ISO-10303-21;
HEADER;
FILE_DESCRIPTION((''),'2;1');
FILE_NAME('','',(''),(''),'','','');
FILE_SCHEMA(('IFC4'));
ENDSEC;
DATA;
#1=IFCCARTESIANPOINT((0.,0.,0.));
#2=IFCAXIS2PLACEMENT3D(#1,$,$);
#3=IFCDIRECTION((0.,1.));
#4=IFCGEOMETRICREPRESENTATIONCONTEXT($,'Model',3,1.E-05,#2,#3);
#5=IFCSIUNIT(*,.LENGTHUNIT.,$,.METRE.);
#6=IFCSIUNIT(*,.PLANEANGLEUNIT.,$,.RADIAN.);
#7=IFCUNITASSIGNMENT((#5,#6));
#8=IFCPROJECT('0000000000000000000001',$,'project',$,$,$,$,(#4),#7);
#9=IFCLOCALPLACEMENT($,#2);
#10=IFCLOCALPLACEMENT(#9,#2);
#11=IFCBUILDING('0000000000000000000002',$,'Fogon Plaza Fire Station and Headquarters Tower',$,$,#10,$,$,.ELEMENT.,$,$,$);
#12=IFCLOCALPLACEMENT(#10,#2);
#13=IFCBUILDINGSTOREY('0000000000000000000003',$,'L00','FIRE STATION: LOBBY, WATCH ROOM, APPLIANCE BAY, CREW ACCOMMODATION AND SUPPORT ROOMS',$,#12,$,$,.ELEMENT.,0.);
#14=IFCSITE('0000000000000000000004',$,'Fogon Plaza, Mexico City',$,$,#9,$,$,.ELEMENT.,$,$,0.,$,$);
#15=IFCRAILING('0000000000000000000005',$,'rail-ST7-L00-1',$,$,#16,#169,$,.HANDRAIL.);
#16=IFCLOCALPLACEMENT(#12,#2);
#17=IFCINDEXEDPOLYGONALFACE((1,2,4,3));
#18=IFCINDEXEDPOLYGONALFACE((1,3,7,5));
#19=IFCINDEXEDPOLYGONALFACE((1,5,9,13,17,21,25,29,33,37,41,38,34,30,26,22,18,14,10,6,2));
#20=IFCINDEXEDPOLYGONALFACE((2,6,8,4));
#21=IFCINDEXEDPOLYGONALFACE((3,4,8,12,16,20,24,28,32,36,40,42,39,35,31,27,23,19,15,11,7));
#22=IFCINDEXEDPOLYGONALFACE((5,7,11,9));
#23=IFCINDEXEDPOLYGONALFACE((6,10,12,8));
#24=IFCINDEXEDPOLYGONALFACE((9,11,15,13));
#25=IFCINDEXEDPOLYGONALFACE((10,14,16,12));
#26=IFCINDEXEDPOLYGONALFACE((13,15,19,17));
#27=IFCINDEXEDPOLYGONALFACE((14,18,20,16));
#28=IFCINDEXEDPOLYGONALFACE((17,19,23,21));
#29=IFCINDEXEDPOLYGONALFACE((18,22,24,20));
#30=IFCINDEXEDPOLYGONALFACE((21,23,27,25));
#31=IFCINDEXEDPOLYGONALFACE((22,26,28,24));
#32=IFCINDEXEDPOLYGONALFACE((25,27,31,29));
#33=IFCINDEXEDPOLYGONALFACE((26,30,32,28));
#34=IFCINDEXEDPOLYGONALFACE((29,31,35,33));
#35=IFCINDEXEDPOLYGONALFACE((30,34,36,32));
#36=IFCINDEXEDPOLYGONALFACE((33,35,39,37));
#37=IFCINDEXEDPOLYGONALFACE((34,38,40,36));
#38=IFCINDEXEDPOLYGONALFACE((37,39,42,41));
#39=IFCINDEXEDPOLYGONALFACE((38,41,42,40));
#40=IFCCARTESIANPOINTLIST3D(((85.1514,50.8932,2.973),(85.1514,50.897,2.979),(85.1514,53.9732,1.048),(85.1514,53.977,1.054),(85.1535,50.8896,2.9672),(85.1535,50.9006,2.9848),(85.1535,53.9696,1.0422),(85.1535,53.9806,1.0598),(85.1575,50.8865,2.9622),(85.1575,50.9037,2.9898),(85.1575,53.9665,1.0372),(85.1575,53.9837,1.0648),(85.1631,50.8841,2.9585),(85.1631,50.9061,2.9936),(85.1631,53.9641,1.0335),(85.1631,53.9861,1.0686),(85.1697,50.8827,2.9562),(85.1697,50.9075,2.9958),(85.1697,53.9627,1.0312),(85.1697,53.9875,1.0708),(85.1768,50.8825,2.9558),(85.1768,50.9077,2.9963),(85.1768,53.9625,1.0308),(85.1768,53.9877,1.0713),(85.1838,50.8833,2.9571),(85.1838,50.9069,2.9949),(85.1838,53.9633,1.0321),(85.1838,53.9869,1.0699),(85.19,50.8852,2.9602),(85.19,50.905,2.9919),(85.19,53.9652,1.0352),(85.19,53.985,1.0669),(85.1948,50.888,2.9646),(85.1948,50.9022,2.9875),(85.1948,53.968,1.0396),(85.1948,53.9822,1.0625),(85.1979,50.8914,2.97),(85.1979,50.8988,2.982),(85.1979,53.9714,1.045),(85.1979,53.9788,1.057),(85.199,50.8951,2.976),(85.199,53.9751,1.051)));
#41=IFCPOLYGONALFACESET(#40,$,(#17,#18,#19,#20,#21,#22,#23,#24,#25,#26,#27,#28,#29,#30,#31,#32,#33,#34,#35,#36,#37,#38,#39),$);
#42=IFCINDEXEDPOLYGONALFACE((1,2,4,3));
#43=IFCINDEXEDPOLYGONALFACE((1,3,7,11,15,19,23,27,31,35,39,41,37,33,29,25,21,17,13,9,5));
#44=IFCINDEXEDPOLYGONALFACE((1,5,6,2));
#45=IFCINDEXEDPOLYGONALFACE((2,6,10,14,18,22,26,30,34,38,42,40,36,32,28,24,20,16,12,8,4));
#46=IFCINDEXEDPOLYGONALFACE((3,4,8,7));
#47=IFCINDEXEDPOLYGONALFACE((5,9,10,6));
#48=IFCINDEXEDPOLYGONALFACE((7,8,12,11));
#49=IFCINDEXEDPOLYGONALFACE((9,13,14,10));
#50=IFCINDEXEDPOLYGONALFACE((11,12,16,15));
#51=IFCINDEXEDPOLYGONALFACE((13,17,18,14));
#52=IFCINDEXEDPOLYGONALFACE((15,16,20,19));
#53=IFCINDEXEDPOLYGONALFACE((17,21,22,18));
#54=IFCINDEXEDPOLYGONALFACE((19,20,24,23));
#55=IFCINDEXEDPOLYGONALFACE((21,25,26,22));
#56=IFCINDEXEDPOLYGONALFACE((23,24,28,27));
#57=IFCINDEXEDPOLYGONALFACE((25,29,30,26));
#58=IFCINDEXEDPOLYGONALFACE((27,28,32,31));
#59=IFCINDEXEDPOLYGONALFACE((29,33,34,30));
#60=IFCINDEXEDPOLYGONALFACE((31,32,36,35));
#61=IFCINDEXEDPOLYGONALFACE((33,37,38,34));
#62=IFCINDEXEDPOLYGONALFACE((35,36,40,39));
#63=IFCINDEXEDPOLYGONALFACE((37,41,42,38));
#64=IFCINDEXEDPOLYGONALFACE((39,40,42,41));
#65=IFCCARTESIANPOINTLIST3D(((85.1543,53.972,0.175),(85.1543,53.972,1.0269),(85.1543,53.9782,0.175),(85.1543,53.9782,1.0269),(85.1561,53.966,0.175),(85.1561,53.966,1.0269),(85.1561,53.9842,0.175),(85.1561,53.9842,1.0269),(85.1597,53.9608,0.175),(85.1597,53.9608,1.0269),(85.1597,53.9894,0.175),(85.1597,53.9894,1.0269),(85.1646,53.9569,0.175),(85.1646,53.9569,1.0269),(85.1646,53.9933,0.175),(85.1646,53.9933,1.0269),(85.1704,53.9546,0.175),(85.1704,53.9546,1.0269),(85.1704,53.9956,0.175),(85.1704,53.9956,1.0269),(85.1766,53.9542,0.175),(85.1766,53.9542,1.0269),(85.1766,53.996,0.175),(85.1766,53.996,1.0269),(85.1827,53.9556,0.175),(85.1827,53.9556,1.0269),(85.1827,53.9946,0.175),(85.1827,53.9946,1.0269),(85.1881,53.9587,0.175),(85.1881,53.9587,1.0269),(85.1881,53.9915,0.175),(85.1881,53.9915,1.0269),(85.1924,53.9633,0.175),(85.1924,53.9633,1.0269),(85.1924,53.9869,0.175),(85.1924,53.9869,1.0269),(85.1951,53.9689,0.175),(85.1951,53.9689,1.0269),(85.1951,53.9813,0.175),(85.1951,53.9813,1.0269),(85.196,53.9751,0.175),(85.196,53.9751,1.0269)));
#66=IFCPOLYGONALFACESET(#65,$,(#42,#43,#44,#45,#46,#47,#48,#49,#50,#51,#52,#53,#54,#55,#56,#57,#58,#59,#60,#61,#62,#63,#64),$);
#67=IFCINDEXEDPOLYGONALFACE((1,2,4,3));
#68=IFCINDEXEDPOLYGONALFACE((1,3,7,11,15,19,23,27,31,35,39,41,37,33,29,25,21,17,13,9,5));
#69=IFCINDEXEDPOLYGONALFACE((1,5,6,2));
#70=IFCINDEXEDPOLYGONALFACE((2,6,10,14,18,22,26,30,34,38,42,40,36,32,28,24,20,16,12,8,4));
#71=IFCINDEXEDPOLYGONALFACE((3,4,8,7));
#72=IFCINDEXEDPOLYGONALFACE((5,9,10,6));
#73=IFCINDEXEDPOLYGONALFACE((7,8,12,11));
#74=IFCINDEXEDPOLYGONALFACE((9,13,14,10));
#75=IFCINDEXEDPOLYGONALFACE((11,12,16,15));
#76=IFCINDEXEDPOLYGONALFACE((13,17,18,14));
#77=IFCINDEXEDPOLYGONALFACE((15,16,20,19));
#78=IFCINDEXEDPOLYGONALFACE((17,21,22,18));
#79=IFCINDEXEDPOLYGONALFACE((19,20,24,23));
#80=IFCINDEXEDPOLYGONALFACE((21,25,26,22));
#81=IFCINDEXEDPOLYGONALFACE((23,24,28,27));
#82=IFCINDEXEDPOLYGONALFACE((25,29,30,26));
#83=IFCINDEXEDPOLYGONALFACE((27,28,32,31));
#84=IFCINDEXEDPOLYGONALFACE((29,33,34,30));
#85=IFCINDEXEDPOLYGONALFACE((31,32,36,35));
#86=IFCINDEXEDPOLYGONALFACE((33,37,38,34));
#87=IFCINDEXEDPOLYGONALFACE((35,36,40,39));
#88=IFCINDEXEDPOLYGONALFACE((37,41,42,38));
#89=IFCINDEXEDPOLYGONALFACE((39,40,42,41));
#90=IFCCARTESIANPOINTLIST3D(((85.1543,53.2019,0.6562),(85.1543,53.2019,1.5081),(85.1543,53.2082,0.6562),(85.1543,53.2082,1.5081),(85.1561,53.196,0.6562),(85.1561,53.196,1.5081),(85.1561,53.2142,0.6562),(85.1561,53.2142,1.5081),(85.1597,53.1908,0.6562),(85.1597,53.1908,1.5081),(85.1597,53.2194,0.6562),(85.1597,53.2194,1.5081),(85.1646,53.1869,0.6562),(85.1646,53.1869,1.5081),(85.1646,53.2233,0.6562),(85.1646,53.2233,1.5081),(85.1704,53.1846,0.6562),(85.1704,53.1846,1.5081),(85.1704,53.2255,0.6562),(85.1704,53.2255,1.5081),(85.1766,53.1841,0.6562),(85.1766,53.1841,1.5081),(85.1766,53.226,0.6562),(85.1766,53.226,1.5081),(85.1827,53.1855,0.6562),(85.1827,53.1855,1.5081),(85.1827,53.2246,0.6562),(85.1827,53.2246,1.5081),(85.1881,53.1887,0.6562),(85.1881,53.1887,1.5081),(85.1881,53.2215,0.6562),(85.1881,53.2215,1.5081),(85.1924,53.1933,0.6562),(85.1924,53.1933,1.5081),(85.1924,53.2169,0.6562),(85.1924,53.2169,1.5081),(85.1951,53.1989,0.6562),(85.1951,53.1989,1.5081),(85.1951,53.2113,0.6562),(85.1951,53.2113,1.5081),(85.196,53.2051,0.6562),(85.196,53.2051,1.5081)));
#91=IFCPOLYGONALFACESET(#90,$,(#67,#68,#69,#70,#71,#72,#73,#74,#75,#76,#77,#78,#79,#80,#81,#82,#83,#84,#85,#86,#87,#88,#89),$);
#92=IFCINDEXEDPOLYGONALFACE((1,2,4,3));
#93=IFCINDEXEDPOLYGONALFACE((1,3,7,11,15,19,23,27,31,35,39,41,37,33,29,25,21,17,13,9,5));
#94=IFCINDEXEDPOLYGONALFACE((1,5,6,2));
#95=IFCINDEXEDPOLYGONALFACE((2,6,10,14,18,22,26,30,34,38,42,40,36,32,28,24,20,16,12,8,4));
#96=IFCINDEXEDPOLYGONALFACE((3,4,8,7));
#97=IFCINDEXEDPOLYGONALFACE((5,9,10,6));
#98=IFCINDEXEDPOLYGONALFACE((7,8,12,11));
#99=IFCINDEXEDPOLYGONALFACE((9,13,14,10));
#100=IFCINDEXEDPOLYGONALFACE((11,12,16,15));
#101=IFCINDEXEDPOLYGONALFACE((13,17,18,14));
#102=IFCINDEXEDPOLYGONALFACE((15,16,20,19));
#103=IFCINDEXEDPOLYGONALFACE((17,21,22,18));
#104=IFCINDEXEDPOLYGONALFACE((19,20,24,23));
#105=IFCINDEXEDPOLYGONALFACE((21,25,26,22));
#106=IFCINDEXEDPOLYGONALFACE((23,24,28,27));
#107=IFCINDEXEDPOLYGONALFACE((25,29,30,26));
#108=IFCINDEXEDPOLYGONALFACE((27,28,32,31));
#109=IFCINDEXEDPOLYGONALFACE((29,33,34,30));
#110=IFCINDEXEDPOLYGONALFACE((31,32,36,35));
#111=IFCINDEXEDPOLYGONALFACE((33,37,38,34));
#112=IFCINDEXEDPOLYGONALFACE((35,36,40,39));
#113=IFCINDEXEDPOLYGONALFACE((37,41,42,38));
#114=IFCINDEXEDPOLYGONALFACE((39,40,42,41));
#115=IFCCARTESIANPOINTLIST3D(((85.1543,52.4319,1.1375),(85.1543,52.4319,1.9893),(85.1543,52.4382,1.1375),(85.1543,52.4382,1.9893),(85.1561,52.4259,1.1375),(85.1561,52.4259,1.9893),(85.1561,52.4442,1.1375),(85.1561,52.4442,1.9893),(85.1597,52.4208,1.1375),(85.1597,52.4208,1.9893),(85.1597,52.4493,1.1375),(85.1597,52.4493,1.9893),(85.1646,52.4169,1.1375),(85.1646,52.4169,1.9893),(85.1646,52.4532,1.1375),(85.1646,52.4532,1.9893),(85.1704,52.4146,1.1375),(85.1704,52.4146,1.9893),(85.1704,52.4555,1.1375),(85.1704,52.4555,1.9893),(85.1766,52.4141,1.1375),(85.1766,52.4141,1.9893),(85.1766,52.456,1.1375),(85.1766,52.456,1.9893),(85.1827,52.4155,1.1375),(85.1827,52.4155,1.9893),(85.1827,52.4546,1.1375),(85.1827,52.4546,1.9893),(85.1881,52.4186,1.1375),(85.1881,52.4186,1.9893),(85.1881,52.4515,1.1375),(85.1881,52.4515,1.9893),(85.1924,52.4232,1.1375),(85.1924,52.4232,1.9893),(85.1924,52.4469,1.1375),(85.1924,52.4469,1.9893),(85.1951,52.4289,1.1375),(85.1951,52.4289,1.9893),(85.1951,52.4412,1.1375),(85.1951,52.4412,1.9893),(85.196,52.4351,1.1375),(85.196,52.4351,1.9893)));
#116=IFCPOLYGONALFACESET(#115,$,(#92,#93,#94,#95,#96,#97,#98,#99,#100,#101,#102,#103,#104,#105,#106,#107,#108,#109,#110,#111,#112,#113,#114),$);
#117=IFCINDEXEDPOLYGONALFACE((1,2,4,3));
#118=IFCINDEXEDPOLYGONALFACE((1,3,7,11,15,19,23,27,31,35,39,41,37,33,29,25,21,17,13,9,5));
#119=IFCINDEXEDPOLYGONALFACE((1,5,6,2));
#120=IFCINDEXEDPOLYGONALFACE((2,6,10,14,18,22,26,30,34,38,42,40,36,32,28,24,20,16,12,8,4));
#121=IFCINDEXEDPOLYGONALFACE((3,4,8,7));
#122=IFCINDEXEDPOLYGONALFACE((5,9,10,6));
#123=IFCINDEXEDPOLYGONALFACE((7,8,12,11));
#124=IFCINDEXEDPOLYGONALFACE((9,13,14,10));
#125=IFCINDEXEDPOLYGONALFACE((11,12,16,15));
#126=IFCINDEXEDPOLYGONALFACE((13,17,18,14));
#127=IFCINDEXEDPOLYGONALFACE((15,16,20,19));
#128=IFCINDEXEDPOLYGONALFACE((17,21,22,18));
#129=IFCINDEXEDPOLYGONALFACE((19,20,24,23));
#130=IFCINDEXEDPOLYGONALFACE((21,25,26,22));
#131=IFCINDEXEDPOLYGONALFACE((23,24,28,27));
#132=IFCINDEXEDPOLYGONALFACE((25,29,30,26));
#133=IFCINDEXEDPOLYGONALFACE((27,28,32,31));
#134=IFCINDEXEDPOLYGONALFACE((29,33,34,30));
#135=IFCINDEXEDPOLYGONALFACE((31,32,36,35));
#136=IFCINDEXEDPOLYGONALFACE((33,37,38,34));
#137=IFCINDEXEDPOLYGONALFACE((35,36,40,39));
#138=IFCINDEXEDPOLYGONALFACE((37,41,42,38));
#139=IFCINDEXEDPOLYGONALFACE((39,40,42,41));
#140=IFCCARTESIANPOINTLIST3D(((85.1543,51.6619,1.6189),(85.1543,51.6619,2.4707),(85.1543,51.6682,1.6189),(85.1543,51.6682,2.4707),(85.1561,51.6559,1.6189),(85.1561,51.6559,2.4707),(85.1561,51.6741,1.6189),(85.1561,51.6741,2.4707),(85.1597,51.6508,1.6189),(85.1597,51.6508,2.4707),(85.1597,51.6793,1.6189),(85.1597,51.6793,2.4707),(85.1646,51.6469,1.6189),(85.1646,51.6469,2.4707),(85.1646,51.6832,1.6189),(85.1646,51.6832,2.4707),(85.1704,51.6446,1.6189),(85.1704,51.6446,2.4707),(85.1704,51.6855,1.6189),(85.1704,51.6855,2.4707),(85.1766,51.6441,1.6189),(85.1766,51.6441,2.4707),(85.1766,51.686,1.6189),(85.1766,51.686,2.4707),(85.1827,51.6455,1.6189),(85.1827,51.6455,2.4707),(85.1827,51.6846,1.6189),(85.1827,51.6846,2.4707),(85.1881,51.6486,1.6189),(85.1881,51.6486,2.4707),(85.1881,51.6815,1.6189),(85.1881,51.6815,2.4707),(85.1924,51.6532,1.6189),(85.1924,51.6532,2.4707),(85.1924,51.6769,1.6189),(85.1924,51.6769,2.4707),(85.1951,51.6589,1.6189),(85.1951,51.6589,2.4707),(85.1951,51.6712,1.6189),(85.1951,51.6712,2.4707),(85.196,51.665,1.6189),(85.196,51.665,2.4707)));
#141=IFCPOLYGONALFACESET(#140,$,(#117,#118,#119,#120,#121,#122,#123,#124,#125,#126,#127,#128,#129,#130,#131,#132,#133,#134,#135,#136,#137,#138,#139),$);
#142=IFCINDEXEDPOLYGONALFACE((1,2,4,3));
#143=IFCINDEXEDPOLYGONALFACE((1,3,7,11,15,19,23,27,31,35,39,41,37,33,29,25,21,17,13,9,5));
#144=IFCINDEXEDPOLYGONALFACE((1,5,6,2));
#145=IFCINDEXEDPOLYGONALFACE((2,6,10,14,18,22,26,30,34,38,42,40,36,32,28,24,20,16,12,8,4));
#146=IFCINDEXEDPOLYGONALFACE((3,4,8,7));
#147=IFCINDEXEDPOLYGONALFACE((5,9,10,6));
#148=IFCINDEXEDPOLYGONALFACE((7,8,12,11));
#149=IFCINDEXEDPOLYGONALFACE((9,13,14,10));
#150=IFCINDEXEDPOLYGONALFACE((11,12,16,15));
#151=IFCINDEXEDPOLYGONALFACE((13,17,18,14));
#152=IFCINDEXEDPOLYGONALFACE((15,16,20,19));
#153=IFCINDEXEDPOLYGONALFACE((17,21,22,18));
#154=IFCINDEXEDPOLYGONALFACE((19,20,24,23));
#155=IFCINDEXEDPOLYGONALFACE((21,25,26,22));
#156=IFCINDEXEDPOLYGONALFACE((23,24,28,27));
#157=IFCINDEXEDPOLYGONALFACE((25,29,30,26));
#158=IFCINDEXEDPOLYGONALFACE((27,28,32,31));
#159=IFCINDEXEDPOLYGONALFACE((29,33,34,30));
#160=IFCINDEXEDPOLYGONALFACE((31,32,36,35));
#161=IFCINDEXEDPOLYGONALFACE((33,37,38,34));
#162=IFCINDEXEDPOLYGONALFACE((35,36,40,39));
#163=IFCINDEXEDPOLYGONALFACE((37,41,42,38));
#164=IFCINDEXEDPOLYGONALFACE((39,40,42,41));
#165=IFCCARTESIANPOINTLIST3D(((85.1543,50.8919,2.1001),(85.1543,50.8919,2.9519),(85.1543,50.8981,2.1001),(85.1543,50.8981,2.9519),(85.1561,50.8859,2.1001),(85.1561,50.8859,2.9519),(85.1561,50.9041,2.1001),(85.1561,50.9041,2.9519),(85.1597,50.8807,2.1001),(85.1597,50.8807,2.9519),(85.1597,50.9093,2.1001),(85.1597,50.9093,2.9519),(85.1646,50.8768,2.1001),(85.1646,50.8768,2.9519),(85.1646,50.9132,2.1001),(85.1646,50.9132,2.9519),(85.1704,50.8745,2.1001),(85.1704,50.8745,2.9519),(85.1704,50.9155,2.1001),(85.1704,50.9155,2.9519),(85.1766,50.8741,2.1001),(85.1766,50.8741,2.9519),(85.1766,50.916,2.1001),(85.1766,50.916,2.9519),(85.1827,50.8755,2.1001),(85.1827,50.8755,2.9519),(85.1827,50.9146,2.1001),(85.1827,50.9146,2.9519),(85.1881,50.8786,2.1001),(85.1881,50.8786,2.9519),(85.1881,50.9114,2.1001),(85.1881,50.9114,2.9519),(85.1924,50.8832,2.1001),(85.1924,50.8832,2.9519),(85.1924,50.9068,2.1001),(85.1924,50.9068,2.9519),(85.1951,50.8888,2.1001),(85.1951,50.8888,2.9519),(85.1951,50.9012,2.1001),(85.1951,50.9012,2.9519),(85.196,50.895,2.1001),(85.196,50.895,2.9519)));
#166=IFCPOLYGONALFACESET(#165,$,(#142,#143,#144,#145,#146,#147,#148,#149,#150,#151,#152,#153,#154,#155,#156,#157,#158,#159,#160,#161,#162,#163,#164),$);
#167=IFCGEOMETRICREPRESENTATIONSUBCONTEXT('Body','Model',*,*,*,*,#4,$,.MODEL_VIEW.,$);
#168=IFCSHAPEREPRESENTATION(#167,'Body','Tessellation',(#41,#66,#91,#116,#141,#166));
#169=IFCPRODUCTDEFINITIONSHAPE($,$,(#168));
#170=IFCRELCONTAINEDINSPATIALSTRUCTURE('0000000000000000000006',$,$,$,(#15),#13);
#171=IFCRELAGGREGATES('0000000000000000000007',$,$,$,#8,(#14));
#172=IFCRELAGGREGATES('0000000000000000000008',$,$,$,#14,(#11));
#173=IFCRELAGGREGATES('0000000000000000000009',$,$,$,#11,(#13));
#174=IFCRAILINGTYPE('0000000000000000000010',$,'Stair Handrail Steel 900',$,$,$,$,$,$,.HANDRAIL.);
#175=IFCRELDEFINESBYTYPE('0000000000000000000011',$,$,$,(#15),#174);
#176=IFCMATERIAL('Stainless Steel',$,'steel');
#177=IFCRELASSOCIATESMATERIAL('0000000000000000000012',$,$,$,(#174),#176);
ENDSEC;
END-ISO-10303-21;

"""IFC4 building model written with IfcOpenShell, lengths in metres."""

from ifc_helpers import new_model, si_unit, direction, frame, origin, origin_2d, place, context, subcontext, project, spatial, circle, extrude, material, type_object, element, save


model = new_model("IFC4")

# Units and contexts
model_context = context("Model", 3, precision=1e-05, world=origin(), true_north=direction((0.0, 1.0)))
body_context = subcontext(model_context, "Body", "Model", "MODEL_VIEW")
ifc_project = project(units=[si_unit("LENGTHUNIT", "METRE"), si_unit("PLANEANGLEUNIT", "RADIAN")], contexts=[model_context])

# Site, building, storey
site_placement = place(None, origin())
site = spatial("IfcSite", under=ifc_project, at=site_placement, Name="Fogon Plaza, Mexico City", CompositionType="ELEMENT", RefElevation=0.0)
building_placement = place(site_placement, origin())
building = spatial("IfcBuilding", under=site, at=building_placement, Name="Fogon Plaza Fire Station and Headquarters Tower", CompositionType="ELEMENT")
storey_placement = place(building_placement, origin())
storey = spatial("IfcBuildingStorey", under=building, at=storey_placement, Name="L00", Description="FIRE STATION: LOBBY, WATCH ROOM, APPLIANCE BAY, CREW ACCOMMODATION AND SUPPORT ROOMS", CompositionType="ELEMENT", Elevation=0.0)

# Railing
ifc_material_1 = material(Name="Stainless Steel", Category="steel")
railing_type_1 = type_object("IfcRailingType", Name="Stair Handrail Steel 900", PredefinedType="HANDRAIL", material=ifc_material_1)
for number, where, name in (
    (1, (85.175, 53.9751, 0.175), "rail-ST7-L00-1"),
):
    element("IfcRailing", number, at=place(storey_placement, frame(where)), inside=storey, type_object=railing_type_1, Name=name, PredefinedType="HANDRAIL", context=body_context, shape_type="SweptSolid", body=[
        extrude(circle(Radius=0.0239, at=origin_2d()), frame((0.0, 0.0, 0.876), z_axis=(0.0, -0.847998, 0.529999), x_axis=(1.0, 0.0, 0.0)), (0.0, 0.0, 1.0), 3.6321),
        extrude(circle(Radius=0.021, at=origin_2d()), origin(), (0.0, 0.0, 1.0), 0.8518),
        extrude(circle(Radius=0.021, at=origin_2d()), frame((0.0, -0.77, 0.4812)), (0.0, 0.0, 1.0), 0.8518),
        extrude(circle(Radius=0.021, at=origin_2d()), frame((0.0, -1.54, 0.9624)), (0.0, 0.0, 1.0), 0.8518),
        extrude(circle(Radius=0.021, at=origin_2d()), frame((0.0, -2.3101, 1.4438)), (0.0, 0.0, 1.0), 0.8518),
        extrude(circle(Radius=0.021, at=origin_2d()), frame((0.0, -3.0801, 1.925)), (0.0, 0.0, 1.0), 0.8518),
    ])

save(model, "model.ifc")
